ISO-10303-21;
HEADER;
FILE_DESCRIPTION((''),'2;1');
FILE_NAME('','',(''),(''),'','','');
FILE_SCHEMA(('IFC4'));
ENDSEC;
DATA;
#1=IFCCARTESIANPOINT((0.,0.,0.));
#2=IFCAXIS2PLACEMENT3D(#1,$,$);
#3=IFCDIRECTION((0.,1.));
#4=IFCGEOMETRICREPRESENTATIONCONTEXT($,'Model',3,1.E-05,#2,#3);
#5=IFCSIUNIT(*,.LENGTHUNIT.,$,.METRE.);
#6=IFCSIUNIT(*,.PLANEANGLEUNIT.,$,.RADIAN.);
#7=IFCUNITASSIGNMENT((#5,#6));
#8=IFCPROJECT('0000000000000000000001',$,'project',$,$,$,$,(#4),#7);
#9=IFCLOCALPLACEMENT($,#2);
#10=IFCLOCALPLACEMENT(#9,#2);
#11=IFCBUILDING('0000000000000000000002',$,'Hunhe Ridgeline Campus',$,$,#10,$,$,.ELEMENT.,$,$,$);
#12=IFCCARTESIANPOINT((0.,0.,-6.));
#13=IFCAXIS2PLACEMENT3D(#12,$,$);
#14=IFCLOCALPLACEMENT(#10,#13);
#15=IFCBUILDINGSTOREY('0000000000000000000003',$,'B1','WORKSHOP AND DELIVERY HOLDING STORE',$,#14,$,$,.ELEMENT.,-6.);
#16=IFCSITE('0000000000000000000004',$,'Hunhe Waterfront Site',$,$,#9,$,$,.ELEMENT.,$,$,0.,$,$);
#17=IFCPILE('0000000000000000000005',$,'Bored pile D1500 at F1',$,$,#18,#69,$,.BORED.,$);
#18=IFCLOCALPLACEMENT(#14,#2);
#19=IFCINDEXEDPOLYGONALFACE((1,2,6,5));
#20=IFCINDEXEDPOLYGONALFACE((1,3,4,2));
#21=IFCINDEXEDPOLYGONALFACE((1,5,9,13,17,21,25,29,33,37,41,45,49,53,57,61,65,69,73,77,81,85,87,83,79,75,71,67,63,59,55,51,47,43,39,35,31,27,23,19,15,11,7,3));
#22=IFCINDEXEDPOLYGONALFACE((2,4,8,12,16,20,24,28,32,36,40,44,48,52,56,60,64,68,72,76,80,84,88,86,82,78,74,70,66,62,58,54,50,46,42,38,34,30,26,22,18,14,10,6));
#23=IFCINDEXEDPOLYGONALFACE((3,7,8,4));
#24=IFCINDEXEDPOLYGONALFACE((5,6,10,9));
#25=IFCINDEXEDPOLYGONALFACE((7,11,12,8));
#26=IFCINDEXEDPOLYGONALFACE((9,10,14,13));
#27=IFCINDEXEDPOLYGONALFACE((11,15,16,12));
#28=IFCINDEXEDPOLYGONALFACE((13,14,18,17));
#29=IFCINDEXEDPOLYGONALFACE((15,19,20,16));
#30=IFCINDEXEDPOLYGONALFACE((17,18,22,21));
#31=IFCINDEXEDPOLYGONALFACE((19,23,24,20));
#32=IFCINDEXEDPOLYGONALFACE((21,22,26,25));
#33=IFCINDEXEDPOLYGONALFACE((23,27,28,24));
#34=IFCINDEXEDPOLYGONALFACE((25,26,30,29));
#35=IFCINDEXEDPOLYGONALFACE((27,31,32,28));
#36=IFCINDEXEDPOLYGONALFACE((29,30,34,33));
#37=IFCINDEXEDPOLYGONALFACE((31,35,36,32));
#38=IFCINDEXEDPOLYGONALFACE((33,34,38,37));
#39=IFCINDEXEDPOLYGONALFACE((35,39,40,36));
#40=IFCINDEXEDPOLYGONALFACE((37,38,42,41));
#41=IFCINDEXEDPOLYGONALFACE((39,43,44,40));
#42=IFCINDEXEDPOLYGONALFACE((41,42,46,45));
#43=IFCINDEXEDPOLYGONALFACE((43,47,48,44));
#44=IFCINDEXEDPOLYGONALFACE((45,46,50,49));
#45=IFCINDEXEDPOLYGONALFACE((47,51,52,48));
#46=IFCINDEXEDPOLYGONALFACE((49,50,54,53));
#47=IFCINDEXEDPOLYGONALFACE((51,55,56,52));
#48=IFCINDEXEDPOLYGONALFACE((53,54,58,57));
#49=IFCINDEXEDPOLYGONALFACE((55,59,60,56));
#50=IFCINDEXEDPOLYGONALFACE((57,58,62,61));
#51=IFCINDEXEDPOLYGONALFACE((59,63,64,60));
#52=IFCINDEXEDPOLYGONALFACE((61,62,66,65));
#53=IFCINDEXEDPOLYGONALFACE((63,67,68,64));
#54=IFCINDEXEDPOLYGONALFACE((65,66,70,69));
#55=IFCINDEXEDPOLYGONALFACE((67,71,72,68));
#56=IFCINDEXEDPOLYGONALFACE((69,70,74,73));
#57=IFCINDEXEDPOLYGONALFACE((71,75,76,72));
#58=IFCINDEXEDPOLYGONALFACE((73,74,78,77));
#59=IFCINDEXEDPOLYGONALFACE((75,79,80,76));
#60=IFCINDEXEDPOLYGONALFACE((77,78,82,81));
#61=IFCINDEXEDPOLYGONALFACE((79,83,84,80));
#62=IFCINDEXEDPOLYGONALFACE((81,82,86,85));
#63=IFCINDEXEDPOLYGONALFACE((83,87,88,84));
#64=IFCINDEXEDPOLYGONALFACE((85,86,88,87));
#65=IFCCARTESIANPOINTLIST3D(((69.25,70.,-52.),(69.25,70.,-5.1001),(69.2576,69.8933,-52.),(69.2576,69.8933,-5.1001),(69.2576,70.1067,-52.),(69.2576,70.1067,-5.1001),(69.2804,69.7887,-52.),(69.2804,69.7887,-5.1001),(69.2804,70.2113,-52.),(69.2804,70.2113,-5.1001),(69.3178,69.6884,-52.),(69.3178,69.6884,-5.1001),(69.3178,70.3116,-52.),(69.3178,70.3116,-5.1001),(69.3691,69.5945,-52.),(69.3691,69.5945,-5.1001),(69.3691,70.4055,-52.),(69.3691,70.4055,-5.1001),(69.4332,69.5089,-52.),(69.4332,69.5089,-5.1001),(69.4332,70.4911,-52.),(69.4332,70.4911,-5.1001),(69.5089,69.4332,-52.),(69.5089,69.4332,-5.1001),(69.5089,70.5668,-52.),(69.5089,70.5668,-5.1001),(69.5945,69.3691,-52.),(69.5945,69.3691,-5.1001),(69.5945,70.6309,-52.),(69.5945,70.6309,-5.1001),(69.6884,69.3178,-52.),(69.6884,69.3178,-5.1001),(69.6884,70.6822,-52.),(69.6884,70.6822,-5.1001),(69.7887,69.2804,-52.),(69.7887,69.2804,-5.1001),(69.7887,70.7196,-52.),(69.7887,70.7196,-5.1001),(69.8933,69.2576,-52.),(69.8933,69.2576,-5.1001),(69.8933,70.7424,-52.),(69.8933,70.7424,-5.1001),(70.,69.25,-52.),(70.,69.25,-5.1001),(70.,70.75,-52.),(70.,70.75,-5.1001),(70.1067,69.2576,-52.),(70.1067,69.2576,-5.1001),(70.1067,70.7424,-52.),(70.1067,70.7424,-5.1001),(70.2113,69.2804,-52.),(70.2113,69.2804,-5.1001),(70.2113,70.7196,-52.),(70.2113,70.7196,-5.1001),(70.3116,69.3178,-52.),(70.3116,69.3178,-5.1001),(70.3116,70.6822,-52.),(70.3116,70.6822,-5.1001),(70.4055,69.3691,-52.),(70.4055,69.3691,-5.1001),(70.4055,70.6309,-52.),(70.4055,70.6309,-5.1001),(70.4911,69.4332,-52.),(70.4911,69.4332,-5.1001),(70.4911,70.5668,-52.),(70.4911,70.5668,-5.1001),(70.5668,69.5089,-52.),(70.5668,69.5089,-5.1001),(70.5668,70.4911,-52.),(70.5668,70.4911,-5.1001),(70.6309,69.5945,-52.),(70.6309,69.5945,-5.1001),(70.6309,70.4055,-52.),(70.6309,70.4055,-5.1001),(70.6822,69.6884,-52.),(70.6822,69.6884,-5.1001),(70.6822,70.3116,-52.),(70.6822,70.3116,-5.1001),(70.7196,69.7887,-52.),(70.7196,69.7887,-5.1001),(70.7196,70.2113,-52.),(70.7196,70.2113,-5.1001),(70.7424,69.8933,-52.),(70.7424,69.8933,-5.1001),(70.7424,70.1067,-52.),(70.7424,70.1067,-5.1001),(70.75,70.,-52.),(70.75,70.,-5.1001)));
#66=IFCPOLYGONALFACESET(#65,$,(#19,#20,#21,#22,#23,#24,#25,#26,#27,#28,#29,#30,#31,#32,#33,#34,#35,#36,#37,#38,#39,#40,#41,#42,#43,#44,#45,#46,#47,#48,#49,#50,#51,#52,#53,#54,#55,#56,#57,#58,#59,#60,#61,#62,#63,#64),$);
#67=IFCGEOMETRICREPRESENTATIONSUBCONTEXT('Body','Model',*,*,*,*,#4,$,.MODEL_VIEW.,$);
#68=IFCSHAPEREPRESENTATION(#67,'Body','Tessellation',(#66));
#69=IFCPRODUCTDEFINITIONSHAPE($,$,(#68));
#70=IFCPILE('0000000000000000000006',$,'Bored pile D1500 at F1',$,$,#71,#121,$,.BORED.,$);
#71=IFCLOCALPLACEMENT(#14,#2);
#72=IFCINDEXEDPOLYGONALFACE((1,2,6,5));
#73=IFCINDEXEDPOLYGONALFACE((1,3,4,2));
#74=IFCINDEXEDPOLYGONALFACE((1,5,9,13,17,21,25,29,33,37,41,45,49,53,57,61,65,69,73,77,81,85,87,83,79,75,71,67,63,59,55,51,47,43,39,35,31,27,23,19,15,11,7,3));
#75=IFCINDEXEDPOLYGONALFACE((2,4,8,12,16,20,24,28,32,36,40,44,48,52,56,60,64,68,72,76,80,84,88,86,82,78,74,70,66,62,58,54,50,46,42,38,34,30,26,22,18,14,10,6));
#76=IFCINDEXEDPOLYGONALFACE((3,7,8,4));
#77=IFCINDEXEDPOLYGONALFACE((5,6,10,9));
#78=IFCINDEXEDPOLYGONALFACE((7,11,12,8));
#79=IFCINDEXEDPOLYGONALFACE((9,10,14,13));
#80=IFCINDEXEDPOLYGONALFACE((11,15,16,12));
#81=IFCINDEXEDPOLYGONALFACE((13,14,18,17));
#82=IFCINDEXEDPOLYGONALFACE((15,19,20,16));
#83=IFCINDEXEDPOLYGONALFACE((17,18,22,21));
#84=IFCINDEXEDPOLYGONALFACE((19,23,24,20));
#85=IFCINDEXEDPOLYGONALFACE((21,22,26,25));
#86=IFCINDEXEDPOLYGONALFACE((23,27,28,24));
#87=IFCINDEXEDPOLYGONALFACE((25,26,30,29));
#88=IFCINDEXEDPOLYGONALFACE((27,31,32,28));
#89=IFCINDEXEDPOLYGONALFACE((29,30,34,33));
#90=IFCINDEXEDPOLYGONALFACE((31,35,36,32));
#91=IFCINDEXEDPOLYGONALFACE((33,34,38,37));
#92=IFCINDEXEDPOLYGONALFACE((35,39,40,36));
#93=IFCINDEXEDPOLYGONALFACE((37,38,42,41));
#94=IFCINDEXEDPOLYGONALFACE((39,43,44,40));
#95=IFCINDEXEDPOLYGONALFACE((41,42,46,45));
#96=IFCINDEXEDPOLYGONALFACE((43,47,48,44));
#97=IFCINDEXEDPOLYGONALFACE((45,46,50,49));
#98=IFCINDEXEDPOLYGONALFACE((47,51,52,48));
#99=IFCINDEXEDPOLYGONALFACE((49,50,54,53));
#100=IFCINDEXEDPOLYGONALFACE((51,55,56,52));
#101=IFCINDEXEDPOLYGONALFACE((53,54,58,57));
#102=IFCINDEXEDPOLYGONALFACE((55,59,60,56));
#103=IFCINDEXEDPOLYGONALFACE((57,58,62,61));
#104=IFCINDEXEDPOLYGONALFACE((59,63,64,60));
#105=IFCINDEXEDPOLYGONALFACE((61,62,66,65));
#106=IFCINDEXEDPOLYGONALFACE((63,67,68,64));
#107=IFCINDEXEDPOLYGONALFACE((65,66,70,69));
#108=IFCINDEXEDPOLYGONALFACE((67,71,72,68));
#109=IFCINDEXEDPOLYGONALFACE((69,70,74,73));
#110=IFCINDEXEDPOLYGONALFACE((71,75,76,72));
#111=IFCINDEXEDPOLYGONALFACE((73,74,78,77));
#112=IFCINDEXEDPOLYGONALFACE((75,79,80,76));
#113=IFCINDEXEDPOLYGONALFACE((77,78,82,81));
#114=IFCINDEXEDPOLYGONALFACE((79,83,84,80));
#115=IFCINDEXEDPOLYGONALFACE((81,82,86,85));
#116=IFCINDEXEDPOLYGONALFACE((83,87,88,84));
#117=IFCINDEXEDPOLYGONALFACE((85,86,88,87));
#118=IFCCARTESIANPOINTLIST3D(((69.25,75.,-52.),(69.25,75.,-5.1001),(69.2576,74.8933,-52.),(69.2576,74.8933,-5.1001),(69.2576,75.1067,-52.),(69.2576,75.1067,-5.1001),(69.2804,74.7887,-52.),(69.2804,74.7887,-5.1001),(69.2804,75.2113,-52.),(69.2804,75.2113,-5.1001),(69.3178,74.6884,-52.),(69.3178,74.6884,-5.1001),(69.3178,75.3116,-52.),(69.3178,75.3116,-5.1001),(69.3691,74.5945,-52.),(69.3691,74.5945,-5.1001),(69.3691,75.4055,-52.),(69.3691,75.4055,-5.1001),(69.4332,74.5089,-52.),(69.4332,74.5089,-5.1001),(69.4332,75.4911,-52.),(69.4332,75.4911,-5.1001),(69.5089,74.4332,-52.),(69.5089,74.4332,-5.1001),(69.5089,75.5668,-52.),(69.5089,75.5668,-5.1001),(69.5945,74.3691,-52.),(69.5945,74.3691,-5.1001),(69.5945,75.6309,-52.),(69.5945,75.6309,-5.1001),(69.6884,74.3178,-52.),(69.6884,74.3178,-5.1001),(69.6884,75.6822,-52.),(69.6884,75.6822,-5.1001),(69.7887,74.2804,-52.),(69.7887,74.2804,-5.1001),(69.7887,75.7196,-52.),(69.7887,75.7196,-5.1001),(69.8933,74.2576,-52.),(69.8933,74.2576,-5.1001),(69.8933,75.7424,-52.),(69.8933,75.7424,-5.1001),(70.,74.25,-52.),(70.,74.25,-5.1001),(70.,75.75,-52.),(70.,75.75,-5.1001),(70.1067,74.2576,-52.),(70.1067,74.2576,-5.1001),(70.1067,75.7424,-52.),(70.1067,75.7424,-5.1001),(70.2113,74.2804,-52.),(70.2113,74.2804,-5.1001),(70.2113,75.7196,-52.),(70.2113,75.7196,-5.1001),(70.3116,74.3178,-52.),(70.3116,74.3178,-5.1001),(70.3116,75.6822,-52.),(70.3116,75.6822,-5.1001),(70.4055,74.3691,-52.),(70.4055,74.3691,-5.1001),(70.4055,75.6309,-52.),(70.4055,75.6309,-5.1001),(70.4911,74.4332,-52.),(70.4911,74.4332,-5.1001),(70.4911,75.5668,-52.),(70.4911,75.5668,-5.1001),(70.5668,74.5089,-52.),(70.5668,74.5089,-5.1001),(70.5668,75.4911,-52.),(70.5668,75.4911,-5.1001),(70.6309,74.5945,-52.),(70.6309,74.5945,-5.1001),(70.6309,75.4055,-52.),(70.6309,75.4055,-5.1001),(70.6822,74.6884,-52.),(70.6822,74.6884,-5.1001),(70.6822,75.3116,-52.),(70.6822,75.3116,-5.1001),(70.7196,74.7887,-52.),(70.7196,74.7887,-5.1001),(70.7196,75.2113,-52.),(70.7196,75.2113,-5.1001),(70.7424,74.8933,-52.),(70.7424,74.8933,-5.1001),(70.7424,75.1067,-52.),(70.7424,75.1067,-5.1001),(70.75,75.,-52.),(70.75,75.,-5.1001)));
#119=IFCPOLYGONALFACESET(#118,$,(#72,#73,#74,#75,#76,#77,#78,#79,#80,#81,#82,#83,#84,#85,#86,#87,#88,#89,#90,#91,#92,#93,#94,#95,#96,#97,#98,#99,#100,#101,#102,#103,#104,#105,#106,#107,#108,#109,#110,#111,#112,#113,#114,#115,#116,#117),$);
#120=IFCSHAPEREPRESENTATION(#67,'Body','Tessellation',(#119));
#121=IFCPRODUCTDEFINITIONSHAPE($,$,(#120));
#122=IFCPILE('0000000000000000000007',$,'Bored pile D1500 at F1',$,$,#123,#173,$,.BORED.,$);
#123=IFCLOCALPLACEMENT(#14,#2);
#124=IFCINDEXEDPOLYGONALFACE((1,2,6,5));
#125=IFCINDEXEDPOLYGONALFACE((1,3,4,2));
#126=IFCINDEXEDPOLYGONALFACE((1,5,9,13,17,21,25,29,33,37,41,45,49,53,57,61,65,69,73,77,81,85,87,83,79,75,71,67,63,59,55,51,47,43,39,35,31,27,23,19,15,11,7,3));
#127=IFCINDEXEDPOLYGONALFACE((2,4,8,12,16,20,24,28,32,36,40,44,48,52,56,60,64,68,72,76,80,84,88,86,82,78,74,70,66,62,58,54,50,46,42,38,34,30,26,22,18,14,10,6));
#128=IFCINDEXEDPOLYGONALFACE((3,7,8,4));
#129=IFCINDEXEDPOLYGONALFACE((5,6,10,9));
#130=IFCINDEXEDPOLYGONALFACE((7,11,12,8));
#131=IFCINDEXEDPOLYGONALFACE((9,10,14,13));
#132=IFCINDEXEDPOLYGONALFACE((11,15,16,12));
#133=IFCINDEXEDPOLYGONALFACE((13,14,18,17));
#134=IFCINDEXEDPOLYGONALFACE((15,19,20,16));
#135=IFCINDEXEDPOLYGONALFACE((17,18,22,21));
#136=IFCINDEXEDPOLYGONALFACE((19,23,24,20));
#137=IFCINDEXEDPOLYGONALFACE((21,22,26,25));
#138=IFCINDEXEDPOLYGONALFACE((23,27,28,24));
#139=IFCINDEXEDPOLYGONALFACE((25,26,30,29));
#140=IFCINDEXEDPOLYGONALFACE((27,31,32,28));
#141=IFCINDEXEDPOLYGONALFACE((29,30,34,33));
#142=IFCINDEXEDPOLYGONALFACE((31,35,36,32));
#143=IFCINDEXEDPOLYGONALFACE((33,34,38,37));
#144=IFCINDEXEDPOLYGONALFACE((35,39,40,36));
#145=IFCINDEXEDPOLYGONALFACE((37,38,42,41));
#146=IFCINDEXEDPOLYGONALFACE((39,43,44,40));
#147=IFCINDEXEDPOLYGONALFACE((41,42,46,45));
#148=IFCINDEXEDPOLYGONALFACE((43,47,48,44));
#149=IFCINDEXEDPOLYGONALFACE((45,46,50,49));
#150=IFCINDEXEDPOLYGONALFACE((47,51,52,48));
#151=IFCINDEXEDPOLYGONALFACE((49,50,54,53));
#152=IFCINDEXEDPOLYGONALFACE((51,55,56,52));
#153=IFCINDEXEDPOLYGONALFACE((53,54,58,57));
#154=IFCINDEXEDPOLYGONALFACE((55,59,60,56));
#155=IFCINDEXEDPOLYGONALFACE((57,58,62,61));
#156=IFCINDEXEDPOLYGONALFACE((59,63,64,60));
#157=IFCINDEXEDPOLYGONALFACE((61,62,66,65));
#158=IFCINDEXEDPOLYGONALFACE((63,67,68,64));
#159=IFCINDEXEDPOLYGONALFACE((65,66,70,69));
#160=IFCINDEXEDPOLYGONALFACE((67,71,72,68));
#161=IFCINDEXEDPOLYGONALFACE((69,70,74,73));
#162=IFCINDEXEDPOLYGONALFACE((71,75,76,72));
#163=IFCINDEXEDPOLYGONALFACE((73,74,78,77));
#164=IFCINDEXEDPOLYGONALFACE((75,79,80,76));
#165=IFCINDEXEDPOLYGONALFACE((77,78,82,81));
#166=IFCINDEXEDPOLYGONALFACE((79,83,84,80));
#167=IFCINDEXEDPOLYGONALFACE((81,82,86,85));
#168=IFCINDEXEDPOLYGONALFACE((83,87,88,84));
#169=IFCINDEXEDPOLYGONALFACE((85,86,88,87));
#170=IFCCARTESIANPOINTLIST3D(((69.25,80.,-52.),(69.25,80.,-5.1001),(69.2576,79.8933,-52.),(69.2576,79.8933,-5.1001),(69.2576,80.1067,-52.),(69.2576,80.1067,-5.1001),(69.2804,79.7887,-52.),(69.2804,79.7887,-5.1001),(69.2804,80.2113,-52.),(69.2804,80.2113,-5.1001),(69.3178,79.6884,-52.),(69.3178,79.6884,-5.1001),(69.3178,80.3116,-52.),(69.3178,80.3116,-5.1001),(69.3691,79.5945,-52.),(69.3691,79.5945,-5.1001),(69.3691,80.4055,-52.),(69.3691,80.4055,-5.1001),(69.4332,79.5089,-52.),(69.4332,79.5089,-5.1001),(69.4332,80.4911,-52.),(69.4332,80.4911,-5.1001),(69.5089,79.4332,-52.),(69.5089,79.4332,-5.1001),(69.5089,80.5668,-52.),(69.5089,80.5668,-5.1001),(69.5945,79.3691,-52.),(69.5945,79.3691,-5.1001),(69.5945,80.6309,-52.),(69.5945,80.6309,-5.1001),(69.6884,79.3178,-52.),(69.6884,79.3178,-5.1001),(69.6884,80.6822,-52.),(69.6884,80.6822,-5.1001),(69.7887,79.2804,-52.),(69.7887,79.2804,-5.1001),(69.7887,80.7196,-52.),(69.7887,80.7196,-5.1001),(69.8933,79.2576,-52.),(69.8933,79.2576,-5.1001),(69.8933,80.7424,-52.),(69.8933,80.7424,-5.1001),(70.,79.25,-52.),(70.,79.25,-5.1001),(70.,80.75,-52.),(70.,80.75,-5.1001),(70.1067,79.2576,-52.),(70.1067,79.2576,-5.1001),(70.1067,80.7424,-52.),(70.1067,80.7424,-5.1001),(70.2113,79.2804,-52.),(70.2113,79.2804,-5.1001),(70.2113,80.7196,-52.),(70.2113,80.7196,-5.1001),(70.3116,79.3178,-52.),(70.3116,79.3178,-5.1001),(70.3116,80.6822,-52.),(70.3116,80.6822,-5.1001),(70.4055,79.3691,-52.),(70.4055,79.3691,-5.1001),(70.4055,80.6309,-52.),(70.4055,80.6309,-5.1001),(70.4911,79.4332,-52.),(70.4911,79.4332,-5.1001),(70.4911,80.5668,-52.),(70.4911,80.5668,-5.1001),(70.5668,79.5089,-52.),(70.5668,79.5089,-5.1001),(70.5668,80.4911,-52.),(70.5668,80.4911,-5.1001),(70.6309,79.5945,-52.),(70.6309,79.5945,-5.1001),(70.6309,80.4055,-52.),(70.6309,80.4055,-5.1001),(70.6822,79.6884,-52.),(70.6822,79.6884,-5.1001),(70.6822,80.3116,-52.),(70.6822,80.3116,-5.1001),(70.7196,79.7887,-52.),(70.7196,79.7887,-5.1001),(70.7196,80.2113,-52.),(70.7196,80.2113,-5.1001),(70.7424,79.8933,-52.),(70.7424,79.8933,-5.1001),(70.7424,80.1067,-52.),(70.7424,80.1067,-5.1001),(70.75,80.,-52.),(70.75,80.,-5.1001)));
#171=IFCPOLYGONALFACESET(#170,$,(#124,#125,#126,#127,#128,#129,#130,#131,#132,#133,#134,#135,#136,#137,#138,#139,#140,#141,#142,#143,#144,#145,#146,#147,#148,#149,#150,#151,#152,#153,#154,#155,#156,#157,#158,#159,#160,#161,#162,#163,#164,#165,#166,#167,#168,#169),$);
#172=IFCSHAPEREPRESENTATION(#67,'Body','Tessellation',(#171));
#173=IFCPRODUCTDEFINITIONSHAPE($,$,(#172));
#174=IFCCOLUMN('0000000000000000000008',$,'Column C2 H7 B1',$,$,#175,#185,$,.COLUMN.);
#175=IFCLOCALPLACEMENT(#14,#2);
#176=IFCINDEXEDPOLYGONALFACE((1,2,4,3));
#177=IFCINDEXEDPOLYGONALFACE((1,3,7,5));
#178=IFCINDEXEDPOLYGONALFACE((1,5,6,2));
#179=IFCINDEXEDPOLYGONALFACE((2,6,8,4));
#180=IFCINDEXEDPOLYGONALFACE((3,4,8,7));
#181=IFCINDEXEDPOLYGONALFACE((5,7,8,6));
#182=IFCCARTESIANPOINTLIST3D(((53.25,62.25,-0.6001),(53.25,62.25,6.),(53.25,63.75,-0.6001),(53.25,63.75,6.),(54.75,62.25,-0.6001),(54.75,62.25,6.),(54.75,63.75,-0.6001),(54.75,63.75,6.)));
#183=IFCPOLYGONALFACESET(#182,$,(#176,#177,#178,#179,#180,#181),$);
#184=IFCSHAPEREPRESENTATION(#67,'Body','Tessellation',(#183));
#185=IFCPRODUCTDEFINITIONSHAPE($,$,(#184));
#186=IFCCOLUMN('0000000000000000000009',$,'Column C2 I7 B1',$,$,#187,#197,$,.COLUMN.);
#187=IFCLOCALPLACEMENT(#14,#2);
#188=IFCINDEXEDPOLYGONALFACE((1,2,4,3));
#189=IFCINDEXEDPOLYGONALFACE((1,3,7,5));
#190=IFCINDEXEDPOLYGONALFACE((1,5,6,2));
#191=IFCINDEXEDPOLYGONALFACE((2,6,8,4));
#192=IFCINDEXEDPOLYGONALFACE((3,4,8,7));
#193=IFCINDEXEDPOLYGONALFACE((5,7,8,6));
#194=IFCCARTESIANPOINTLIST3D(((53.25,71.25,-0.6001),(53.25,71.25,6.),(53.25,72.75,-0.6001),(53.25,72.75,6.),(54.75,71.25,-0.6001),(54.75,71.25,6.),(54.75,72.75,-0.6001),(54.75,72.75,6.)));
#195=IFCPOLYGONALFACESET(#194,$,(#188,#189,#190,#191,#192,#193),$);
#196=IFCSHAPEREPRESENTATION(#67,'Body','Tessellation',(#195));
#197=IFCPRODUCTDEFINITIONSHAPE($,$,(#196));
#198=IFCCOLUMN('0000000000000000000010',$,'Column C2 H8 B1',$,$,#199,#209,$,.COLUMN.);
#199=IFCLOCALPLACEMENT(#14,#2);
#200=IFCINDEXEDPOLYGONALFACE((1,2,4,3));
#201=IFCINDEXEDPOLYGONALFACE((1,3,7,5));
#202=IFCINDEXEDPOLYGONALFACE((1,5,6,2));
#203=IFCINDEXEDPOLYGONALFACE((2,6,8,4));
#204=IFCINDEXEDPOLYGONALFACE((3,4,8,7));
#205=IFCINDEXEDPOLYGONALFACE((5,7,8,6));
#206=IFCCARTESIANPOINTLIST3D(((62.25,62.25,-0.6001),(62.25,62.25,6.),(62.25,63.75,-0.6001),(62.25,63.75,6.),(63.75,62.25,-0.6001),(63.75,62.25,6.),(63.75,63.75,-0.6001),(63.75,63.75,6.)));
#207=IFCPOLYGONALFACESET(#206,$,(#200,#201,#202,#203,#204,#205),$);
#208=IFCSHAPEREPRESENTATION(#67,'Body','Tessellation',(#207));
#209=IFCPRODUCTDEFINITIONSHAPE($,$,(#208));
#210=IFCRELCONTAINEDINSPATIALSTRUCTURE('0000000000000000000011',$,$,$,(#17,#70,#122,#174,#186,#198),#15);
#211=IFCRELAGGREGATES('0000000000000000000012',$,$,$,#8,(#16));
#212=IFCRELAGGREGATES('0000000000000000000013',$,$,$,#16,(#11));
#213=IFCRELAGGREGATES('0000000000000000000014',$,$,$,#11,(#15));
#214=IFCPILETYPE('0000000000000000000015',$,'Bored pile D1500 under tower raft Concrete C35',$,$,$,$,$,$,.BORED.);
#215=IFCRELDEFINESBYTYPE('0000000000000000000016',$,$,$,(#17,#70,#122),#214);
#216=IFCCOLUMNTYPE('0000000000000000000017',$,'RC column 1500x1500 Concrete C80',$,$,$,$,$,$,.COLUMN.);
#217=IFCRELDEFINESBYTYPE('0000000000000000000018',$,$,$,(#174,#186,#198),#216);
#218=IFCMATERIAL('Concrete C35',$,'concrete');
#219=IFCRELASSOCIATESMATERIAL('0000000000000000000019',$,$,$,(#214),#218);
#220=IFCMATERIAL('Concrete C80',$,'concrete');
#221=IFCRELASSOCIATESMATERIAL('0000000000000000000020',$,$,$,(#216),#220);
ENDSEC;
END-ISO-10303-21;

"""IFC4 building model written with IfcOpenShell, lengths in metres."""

from ifc_helpers import new_model, si_unit, direction, frame, origin, origin_2d, place, context, subcontext, project, spatial, rectangle, circle, extrude, material, material_profile, profile_set, type_object, element, save


model = new_model("IFC4")

# Units and contexts
model_context = context("Model", 3, precision=1e-05, world=origin(), true_north=direction((0.0, 1.0)))
body_context = subcontext(model_context, "Body", "Model", "MODEL_VIEW")
ifc_project = project(units=[si_unit("LENGTHUNIT", "METRE"), si_unit("PLANEANGLEUNIT", "RADIAN")], contexts=[model_context])

# Site, building, storey
site_placement = place(None, origin())
site = spatial("IfcSite", under=ifc_project, at=site_placement, Name="Hunhe Waterfront Site", CompositionType="ELEMENT", RefElevation=0.0)
building_placement = place(site_placement, origin())
building = spatial("IfcBuilding", under=site, at=building_placement, Name="Hunhe Ridgeline Campus", CompositionType="ELEMENT")
storey_placement = place(building_placement, frame((0.0, 0.0, -6.0)))
storey = spatial("IfcBuildingStorey", under=building, at=storey_placement, Name="B1", Description="WORKSHOP AND DELIVERY HOLDING STORE", CompositionType="ELEMENT", Elevation=-6.0)

# Piles
ifc_material_1 = material(Name="Concrete C35", Category="concrete")
ifc_material_profile_1 = material_profile(ifc_material_1, circle(Radius=0.75, at=origin_2d()))
ifc_profile_set_1 = profile_set([ifc_material_profile_1], Name="Concrete C35")
pile_type = type_object("IfcPileType", Name="Bored pile D1500 under tower raft Concrete C35", PredefinedType="BORED", material=ifc_profile_set_1)
for number, where, z_axis, x_axis, name in (
    (1, (70.0, 70.0, -5.1001), (0.0, 0.0, -1.0), (1.0, 0.0, 0.0), "Bored pile D1500 at F1"),
    (2, (70.0, 75.0, -5.1001), (0.0, 0.0, -1.0), (1.0, 0.0, 0.0), "Bored pile D1500 at F1"),
    (3, (70.0, 80.0, -5.1001), (0.0, 0.0, -1.0), (1.0, 0.0, 0.0), "Bored pile D1500 at F1"),
):
    element("IfcPile", number, at=place(storey_placement, frame(where, z_axis=z_axis, x_axis=x_axis)), inside=storey, type_object=pile_type, Name=name, PredefinedType="BORED", context=body_context, shape_type="SweptSolid", body=[
        extrude(circle(Radius=0.75, at=origin_2d()), origin(), (0.0, 0.0, 1.0), 46.8999),
    ])

# Columns
ifc_material_2 = material(Name="Concrete C80", Category="concrete")
ifc_material_profile_2 = material_profile(ifc_material_2, rectangle(XDim=1.5, YDim=1.5, at=origin_2d()))
ifc_profile_set_2 = profile_set([ifc_material_profile_2], Name="Concrete C80")
column_type = type_object("IfcColumnType", Name="RC column 1500x1500 Concrete C80", PredefinedType="COLUMN", material=ifc_profile_set_2)
for number, where, z_axis, x_axis, name in (
    (4, (54.0, 63.0, -0.6001), (0.0, 0.0, 1.0), (1.0, 0.0, 0.0), "Column C2 H7 B1"),
    (5, (54.0, 72.0, -0.6001), (0.0, 0.0, 1.0), (1.0, 0.0, 0.0), "Column C2 I7 B1"),
    (6, (63.0, 63.0, -0.6001), (0.0, 0.0, 1.0), (1.0, 0.0, 0.0), "Column C2 H8 B1"),
):
    element("IfcColumn", number, at=place(storey_placement, frame(where, z_axis=z_axis, x_axis=x_axis)), inside=storey, type_object=column_type, Name=name, PredefinedType="COLUMN", context=body_context, shape_type="SweptSolid", body=[
        extrude(rectangle(XDim=1.5, YDim=1.5, at=origin_2d()), origin(), (0.0, 0.0, 1.0), 6.6001),
    ])

save(model, "model.ifc")
